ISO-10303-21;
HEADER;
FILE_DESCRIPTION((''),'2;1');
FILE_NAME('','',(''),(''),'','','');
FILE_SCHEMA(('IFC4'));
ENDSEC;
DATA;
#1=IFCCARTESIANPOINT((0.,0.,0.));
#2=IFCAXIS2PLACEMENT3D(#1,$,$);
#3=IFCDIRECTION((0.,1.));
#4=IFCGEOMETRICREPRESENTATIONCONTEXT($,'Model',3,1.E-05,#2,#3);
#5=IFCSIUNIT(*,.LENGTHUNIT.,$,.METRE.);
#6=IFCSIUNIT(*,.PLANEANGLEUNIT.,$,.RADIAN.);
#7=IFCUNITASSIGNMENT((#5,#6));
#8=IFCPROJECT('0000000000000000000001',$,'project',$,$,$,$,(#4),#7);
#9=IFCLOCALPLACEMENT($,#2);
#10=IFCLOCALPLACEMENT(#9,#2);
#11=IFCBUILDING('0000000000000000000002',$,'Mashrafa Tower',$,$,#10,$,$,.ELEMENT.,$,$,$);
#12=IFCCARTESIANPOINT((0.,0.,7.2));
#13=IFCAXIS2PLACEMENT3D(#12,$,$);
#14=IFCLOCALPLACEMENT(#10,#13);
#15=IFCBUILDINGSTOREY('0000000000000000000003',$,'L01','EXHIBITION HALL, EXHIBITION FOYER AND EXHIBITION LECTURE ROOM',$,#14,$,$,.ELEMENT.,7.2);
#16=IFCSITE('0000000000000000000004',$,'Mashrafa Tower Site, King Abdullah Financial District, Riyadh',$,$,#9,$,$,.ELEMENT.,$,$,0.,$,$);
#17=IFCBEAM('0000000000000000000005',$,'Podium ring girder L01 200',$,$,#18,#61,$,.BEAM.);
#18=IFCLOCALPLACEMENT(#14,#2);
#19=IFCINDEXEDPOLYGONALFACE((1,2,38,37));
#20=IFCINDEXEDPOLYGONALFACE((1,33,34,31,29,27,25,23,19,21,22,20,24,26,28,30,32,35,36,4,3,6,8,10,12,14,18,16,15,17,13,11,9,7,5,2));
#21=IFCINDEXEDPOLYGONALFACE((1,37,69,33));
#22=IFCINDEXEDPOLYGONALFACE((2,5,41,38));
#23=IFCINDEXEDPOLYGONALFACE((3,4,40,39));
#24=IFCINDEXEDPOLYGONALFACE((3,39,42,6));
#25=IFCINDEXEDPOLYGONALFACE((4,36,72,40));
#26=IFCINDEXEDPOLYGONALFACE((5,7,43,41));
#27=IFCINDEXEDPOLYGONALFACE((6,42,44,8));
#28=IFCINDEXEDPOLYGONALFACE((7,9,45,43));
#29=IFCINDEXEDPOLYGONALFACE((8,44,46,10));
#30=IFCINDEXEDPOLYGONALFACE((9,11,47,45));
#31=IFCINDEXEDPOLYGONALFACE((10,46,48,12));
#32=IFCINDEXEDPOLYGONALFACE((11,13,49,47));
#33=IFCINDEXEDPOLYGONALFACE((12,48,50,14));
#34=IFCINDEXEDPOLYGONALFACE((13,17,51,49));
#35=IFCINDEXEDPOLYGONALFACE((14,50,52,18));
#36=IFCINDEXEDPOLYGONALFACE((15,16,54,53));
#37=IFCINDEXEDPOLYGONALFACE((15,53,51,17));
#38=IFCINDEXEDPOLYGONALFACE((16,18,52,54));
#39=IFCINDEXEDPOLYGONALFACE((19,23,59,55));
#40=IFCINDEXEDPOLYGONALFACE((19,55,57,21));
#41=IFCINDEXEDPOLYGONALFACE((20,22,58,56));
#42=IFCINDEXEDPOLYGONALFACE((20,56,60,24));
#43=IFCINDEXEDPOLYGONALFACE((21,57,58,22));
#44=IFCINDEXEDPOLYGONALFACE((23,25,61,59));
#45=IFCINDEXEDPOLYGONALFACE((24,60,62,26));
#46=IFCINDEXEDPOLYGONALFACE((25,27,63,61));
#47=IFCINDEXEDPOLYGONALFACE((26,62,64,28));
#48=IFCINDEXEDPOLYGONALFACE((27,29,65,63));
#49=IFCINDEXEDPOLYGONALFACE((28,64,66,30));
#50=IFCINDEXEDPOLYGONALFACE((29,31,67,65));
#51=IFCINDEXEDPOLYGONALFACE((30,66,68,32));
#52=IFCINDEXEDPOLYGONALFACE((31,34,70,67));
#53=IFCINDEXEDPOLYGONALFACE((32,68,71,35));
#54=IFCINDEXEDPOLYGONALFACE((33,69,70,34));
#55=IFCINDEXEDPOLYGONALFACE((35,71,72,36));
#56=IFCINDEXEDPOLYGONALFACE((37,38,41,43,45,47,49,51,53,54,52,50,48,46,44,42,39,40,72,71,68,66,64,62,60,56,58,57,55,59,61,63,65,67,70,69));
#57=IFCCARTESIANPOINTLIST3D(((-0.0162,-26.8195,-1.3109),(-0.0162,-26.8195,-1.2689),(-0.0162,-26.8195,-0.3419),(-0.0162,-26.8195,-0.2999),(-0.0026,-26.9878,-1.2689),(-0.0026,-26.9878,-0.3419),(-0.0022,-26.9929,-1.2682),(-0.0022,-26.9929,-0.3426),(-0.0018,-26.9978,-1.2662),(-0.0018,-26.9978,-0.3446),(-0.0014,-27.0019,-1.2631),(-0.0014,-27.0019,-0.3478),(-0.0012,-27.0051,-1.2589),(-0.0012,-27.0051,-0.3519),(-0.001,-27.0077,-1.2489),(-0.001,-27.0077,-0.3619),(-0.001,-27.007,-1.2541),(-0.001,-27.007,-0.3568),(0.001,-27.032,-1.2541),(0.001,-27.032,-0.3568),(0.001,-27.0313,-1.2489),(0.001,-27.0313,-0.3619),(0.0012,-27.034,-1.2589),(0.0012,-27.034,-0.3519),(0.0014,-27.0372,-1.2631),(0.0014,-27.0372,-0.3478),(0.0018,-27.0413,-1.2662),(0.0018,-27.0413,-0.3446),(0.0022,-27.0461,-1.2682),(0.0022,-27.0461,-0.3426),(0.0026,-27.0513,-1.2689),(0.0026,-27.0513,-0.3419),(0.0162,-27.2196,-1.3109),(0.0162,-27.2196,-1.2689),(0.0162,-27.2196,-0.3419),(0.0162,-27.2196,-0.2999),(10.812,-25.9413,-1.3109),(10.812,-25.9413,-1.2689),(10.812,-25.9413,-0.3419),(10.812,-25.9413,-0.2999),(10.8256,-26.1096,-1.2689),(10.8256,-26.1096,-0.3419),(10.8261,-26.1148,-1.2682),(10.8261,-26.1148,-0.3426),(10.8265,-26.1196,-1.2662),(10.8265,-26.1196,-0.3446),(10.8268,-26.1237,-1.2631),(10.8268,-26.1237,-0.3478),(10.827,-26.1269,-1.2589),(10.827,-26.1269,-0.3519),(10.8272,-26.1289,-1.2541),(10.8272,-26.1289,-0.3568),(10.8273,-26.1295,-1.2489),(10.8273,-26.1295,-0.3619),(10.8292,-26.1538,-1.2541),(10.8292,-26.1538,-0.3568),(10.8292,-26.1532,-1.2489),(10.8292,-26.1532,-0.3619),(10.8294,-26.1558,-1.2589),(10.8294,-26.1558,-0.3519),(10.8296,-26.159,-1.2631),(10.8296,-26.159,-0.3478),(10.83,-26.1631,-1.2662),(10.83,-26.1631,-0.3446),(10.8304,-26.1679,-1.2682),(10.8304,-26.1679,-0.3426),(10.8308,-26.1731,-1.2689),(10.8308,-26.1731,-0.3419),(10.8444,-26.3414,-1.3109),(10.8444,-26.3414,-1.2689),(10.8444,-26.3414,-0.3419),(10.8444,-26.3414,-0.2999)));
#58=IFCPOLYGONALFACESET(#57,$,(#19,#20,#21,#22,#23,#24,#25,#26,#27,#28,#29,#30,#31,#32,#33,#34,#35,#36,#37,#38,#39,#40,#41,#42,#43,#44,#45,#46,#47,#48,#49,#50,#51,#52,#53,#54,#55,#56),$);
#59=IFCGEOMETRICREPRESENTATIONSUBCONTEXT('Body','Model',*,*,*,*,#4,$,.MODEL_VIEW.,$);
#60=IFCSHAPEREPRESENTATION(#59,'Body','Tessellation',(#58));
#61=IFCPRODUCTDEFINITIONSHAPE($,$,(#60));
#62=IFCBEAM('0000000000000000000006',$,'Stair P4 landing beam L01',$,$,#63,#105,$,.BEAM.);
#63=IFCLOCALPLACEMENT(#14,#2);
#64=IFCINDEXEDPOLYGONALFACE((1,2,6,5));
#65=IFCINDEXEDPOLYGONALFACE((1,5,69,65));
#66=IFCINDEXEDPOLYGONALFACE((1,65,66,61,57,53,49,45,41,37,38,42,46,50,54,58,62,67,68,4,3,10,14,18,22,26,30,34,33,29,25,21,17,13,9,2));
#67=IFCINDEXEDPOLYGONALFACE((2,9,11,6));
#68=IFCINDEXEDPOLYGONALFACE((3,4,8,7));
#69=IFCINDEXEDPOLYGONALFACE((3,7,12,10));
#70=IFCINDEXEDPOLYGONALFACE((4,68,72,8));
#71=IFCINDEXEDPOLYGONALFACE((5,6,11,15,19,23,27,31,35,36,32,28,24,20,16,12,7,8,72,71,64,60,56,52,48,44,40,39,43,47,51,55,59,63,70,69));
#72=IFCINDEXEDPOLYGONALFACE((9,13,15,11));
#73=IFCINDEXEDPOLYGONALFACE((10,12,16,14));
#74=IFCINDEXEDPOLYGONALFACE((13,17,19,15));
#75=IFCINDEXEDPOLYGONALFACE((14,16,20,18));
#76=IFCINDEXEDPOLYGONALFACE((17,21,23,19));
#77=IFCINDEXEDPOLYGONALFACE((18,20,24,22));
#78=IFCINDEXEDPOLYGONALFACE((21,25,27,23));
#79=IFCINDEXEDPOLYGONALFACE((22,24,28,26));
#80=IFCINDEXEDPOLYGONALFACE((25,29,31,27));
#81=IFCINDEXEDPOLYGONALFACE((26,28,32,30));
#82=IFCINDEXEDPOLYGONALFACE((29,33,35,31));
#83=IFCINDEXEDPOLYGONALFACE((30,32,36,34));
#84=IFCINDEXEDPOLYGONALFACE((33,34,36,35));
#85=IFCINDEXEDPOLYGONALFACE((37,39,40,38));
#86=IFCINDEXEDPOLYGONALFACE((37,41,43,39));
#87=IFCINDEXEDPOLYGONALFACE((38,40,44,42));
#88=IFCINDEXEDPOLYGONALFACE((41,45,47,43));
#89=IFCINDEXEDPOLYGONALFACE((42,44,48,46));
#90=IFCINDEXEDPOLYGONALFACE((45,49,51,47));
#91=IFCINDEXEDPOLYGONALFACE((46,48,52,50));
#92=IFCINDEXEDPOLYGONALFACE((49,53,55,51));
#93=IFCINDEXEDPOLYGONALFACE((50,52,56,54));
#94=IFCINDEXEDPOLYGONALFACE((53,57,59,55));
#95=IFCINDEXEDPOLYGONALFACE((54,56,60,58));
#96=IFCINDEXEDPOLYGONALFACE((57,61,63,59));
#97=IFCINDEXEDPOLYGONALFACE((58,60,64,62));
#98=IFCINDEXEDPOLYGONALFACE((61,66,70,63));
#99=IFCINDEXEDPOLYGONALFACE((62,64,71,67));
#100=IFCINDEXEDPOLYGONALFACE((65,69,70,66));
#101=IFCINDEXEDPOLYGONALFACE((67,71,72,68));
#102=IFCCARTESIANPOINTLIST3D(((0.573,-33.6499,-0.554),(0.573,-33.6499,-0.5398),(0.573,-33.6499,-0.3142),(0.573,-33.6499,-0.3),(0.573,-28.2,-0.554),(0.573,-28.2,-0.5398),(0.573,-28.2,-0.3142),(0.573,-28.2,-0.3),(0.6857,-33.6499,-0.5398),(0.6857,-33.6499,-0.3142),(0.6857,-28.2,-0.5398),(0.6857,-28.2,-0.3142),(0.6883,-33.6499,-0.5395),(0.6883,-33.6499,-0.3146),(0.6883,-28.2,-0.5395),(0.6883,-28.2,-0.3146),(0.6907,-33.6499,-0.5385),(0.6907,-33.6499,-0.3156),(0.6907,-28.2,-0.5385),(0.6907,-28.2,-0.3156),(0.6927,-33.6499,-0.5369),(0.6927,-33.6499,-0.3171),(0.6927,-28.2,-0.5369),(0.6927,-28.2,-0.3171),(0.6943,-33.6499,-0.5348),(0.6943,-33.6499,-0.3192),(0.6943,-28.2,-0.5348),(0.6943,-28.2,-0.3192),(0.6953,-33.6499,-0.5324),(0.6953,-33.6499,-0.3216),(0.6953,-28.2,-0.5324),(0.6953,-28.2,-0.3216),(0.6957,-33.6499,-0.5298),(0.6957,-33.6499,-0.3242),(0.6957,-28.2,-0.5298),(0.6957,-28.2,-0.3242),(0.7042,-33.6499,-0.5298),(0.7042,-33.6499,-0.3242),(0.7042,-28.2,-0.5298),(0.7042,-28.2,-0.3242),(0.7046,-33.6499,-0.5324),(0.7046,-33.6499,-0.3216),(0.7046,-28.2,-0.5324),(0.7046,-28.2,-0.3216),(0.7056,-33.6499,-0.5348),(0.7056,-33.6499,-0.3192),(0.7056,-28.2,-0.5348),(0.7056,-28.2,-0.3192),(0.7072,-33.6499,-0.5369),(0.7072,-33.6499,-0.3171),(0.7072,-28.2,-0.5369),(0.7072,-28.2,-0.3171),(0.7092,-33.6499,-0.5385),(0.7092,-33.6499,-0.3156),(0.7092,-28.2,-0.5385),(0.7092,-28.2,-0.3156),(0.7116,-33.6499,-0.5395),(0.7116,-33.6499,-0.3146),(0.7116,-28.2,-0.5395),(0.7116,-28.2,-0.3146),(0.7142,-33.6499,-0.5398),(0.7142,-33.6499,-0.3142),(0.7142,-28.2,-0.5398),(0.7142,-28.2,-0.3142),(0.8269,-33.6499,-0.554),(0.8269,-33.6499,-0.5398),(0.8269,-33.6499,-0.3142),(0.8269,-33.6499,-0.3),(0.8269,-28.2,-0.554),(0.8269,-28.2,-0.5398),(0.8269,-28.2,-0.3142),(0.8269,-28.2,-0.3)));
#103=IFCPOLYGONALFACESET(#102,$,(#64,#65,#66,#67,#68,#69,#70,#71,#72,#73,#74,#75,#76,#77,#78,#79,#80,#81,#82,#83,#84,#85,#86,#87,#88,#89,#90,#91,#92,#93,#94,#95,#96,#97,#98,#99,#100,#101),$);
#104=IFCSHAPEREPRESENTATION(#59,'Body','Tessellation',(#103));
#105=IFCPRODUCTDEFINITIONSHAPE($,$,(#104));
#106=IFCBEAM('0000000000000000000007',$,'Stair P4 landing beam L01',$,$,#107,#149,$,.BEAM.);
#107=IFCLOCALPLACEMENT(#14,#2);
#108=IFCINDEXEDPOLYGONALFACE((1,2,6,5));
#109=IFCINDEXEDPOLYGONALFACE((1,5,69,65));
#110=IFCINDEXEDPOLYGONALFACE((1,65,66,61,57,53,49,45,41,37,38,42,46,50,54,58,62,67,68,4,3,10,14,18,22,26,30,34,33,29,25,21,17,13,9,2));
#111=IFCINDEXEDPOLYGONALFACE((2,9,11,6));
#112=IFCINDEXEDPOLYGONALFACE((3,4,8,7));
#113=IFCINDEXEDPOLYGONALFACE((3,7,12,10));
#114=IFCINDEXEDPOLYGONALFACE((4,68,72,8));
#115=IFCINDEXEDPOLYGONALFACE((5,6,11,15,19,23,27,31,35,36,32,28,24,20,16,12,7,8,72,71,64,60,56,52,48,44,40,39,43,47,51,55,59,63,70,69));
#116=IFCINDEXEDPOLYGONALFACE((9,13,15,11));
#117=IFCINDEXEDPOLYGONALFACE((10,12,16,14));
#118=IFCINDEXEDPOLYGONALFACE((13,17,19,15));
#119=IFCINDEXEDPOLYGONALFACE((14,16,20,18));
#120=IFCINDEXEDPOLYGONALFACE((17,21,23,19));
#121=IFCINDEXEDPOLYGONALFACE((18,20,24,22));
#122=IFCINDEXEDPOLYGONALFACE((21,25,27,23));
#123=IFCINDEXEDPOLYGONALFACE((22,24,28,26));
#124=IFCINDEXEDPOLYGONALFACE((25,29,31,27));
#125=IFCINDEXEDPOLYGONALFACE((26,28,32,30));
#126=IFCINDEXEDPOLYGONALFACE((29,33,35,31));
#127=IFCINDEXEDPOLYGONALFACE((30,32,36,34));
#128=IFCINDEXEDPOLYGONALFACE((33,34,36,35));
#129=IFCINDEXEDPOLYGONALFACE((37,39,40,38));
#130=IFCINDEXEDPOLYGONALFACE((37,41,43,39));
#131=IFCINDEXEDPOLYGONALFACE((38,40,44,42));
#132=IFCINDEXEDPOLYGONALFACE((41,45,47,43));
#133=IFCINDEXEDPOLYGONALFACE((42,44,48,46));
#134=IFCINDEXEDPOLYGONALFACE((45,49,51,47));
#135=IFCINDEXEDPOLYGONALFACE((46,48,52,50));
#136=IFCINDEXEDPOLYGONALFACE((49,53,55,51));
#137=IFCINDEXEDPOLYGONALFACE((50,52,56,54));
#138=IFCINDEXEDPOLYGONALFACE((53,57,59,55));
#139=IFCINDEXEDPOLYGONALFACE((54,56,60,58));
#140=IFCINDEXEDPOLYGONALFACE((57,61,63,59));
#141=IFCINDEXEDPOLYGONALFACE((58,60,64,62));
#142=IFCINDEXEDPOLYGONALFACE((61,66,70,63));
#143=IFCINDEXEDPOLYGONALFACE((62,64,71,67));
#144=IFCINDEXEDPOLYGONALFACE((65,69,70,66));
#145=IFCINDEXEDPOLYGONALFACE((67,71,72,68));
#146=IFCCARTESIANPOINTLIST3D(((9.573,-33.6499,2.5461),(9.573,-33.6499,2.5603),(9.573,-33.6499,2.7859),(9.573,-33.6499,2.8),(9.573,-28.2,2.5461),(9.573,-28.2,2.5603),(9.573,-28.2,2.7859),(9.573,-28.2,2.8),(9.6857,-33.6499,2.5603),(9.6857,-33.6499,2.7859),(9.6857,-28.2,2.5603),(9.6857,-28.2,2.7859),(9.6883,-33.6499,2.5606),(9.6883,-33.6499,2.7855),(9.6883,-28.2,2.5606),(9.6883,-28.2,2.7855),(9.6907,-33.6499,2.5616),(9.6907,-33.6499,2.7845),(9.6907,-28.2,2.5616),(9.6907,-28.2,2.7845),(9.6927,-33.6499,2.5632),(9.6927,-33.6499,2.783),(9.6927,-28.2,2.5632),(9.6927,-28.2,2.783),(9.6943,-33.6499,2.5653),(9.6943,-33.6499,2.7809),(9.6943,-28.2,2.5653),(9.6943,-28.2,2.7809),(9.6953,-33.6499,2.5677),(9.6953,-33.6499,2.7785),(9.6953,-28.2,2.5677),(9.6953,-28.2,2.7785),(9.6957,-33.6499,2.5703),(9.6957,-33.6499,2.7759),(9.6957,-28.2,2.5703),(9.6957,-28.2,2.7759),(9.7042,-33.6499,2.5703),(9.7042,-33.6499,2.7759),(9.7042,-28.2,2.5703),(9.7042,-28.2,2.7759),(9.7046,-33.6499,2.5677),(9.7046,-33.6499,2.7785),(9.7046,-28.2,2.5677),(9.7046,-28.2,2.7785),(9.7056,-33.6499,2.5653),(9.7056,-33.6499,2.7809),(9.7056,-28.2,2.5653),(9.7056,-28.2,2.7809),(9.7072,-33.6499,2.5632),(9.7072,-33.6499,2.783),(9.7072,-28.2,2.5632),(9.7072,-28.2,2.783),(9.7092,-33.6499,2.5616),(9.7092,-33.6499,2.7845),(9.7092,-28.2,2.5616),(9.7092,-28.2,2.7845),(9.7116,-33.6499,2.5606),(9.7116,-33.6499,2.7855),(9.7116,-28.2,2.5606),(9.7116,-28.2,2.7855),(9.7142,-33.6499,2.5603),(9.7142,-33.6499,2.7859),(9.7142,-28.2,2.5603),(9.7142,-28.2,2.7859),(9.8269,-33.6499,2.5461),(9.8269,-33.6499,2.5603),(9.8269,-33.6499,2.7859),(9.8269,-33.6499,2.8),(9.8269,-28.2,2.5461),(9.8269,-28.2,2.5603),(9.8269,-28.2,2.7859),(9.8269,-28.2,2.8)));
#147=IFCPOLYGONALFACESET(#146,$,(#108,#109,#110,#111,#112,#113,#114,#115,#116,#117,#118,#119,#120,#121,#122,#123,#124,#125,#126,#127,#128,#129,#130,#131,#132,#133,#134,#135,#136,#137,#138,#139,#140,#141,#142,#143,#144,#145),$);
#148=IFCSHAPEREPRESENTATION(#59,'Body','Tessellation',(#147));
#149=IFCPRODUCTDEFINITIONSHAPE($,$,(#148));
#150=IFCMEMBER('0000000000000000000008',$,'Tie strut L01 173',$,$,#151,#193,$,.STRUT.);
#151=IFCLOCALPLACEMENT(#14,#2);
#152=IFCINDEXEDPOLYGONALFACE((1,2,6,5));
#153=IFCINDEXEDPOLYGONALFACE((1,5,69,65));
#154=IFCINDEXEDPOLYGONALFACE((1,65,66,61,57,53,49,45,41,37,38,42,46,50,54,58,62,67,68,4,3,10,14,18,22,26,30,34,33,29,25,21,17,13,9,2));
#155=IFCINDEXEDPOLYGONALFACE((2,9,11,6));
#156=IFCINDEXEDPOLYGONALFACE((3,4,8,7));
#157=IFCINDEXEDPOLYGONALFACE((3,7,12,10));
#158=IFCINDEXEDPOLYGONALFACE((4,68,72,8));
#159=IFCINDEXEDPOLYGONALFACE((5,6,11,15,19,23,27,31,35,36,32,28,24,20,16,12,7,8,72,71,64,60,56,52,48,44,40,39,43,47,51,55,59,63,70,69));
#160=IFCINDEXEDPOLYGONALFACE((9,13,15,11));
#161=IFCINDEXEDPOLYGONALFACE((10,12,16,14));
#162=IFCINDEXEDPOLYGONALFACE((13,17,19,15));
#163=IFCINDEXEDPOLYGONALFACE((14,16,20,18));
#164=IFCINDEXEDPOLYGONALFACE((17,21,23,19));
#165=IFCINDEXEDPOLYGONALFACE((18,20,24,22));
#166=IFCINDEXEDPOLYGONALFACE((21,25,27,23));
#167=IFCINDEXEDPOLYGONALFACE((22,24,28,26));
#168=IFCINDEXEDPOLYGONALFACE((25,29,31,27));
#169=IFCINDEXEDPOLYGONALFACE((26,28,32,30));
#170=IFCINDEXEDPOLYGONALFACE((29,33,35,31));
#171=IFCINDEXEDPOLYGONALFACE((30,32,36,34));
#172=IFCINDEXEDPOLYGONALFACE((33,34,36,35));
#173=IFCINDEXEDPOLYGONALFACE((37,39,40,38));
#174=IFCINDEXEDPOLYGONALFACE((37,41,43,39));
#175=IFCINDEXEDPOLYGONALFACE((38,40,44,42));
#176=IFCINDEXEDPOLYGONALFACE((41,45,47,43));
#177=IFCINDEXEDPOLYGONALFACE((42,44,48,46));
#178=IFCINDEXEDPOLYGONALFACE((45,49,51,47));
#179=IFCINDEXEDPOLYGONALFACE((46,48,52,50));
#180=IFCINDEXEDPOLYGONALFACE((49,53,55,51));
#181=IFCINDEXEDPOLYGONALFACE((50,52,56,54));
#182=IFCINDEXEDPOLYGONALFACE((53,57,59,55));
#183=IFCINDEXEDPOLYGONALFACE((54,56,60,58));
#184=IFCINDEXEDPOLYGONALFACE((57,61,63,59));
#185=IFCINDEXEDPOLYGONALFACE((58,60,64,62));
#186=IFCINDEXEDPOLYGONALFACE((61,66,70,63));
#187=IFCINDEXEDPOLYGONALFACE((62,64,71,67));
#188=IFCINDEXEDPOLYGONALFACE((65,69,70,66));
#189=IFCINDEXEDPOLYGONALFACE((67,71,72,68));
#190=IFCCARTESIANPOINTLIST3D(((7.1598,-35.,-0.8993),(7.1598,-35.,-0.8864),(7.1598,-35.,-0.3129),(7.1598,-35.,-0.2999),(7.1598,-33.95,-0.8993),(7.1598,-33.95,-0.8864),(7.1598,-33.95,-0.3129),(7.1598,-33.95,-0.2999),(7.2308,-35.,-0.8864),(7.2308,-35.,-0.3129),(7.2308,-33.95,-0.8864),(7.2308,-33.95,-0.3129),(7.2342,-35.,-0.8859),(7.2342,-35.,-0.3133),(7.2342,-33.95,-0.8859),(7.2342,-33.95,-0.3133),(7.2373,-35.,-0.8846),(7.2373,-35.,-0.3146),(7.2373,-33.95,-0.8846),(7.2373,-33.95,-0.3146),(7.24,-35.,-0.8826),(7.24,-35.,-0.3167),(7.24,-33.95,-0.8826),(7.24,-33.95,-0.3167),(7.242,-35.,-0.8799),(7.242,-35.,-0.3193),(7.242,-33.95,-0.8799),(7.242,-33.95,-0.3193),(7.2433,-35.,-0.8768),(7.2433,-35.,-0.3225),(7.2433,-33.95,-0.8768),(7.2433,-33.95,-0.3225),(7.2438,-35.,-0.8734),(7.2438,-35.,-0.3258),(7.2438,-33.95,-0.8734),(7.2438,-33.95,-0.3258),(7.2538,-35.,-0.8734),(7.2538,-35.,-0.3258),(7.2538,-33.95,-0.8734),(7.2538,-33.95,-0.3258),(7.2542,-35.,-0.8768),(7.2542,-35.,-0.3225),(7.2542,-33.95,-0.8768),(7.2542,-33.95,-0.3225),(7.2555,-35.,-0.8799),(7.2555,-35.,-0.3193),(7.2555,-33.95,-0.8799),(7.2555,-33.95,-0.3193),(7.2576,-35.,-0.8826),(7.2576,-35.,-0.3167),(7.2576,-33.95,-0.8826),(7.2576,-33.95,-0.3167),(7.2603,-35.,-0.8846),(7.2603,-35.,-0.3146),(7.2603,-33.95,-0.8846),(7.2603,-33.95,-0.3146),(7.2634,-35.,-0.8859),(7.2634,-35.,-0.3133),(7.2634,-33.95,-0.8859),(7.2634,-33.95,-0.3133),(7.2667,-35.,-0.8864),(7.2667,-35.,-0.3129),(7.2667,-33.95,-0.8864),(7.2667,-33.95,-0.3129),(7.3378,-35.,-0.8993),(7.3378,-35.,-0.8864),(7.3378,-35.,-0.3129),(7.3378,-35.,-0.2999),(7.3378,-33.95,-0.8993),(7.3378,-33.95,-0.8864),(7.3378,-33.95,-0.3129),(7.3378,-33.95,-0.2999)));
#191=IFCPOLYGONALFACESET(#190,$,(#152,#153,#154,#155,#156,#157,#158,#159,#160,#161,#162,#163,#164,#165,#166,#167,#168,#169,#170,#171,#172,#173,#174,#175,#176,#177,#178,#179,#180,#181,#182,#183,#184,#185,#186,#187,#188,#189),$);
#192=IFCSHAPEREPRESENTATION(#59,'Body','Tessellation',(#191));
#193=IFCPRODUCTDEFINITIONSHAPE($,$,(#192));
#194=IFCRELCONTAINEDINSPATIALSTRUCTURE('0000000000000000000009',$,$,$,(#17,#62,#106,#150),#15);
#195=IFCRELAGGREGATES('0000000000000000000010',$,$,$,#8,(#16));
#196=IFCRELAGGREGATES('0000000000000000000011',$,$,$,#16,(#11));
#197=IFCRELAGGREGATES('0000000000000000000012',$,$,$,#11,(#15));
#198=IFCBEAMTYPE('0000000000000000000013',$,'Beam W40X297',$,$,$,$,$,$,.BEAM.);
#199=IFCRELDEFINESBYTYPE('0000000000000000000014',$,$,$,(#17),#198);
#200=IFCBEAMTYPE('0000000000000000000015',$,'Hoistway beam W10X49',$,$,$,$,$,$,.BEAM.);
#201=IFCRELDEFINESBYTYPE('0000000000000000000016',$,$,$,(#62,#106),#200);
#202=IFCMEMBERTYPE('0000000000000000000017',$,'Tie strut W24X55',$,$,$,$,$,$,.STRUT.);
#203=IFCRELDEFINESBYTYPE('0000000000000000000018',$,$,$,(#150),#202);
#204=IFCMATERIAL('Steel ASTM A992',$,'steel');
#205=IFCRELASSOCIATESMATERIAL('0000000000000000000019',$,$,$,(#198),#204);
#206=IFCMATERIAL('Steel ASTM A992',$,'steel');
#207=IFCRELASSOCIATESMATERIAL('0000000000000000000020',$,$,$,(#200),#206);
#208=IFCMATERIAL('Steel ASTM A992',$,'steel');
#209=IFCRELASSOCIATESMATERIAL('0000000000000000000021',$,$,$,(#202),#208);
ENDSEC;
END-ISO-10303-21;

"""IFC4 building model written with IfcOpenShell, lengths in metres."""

from ifc_helpers import new_model, si_unit, direction, frame, origin, origin_2d, place, context, subcontext, project, spatial, i_section, extrude, source, transform, mapped, material, material_profile, profile_set, type_object, type_shapes, element, save


model = new_model("IFC4")

# Units and contexts
model_context = context("Model", 3, precision=1e-05, world=origin(), true_north=direction((0.0, 1.0)))
body_context = subcontext(model_context, "Body", "Model", "MODEL_VIEW")
ifc_project = project(units=[si_unit("LENGTHUNIT", "METRE"), si_unit("PLANEANGLEUNIT", "RADIAN")], contexts=[model_context])

# Site, building, storey
site_placement = place(None, origin())
site = spatial("IfcSite", under=ifc_project, at=site_placement, Name="Mashrafa Tower Site, King Abdullah Financial District, Riyadh", CompositionType="ELEMENT", RefElevation=0.0)
building_placement = place(site_placement, origin())
building = spatial("IfcBuilding", under=site, at=building_placement, Name="Mashrafa Tower", CompositionType="ELEMENT")
storey_placement = place(building_placement, frame((0.0, 0.0, 7.2)))
storey = spatial("IfcBuildingStorey", under=building, at=storey_placement, Name="L01", Description="EXHIBITION HALL, EXHIBITION FOYER AND EXHIBITION LECTURE ROOM", CompositionType="ELEMENT", Elevation=7.2)

# Beams
ifc_material_1 = material(Name="Steel ASTM A992", Category="steel")
ifc_material_profile_1 = material_profile(ifc_material_1, i_section(OverallWidth=0.4014, OverallDepth=1.011, WebThickness=0.0237, FlangeThickness=0.042, FilletRadius=0.02, at=origin_2d()), Name="W40X297")
ifc_profile_set_1 = profile_set([ifc_material_profile_1], Name="Steel ASTM A992")
beam_type_1 = type_object("IfcBeamType", Name="Beam W40X297", PredefinedType="BEAM", material=ifc_profile_set_1)
beam_1_placement = place(storey_placement, frame((0.0, -27.0195, -0.8054), z_axis=(0.996727, 0.080836, 0.0), x_axis=(-0.080836, 0.996727, 0.0)))
element("IfcBeam", 1, at=beam_1_placement, inside=storey, type_object=beam_type_1, Name="Podium ring girder L01 200", PredefinedType="BEAM", context=body_context, shape_type="SweptSolid", body=[
    extrude(i_section(OverallWidth=0.4014, OverallDepth=1.011, WebThickness=0.0237, FlangeThickness=0.042, FilletRadius=0.02, at=origin_2d()), origin(), (0.0, 0.0, 1.0), 10.8638),
])
ifc_material_2 = material(Name="Steel ASTM A992", Category="steel")
ifc_material_profile_2 = material_profile(ifc_material_2, i_section(OverallWidth=0.2539, OverallDepth=0.2539, WebThickness=0.0085, FlangeThickness=0.0142, FilletRadius=0.01, at=origin_2d()), Name="W10X49")
ifc_profile_set_2 = profile_set([ifc_material_profile_2], Name="Steel ASTM A992")
beam_type_2 = type_object("IfcBeamType", Name="Hoistway beam W10X49", PredefinedType="BEAM", material=ifc_profile_set_2)
for number, where, z_axis, x_axis, name in (
    (2, (0.7, -33.6499, -0.427), (0.0, 1.0, 0.0), (-1.0, 0.0, 0.0), "Stair P4 landing beam L01"),
    (3, (9.7, -33.6499, 2.6731), (0.0, 1.0, 0.0), (-1.0, 0.0, 0.0), "Stair P4 landing beam L01"),
):
    element("IfcBeam", number, at=place(storey_placement, frame(where, z_axis=z_axis, x_axis=x_axis)), inside=storey, type_object=beam_type_2, Name=name, PredefinedType="BEAM", context=body_context, shape_type="SweptSolid", body=[
        extrude(i_section(OverallWidth=0.2539, OverallDepth=0.2539, WebThickness=0.0085, FlangeThickness=0.0142, FilletRadius=0.01, at=origin_2d()), origin(), (0.0, 0.0, 1.0), 5.45),
    ])

# Member
ifc_material_3 = material(Name="Steel ASTM A992", Category="steel")
ifc_material_profile_3 = material_profile(ifc_material_3, i_section(OverallWidth=0.178, OverallDepth=0.5994, WebThickness=0.01, FlangeThickness=0.0129, FilletRadius=0.0129, at=origin_2d()), Name="W24X55")
ifc_profile_set_3 = profile_set([ifc_material_profile_3], Name="Steel ASTM A992")
member_type_1 = type_object("IfcMemberType", Name="Tie strut W24X55", PredefinedType="STRUT", material=ifc_profile_set_3)
shared_shape_1 = source(origin(), body_context, "Body", "SweptSolid", [
    extrude(i_section(OverallWidth=0.178, OverallDepth=0.5994, WebThickness=0.01, FlangeThickness=0.0129, FilletRadius=0.0129, at=origin_2d()), origin(), (0.0, 0.0, 1.0), 1.05),
])
type_shapes(member_type_1, [shared_shape_1])
member_1_placement = place(storey_placement, frame((7.2488, -33.95, -0.5996), z_axis=(0.0, -1.0, 0.0), x_axis=(1.0, 0.0, 0.0)))
element("IfcMember", 4, at=member_1_placement, inside=storey, type_object=member_type_1, Name="Tie strut L01 173", PredefinedType="STRUT", context=body_context, shape_type="MappedRepresentation", body=[
    mapped(shared_shape_1, transform((0.0, 0.0, 0.0))),
])

save(model, "model.ifc")
